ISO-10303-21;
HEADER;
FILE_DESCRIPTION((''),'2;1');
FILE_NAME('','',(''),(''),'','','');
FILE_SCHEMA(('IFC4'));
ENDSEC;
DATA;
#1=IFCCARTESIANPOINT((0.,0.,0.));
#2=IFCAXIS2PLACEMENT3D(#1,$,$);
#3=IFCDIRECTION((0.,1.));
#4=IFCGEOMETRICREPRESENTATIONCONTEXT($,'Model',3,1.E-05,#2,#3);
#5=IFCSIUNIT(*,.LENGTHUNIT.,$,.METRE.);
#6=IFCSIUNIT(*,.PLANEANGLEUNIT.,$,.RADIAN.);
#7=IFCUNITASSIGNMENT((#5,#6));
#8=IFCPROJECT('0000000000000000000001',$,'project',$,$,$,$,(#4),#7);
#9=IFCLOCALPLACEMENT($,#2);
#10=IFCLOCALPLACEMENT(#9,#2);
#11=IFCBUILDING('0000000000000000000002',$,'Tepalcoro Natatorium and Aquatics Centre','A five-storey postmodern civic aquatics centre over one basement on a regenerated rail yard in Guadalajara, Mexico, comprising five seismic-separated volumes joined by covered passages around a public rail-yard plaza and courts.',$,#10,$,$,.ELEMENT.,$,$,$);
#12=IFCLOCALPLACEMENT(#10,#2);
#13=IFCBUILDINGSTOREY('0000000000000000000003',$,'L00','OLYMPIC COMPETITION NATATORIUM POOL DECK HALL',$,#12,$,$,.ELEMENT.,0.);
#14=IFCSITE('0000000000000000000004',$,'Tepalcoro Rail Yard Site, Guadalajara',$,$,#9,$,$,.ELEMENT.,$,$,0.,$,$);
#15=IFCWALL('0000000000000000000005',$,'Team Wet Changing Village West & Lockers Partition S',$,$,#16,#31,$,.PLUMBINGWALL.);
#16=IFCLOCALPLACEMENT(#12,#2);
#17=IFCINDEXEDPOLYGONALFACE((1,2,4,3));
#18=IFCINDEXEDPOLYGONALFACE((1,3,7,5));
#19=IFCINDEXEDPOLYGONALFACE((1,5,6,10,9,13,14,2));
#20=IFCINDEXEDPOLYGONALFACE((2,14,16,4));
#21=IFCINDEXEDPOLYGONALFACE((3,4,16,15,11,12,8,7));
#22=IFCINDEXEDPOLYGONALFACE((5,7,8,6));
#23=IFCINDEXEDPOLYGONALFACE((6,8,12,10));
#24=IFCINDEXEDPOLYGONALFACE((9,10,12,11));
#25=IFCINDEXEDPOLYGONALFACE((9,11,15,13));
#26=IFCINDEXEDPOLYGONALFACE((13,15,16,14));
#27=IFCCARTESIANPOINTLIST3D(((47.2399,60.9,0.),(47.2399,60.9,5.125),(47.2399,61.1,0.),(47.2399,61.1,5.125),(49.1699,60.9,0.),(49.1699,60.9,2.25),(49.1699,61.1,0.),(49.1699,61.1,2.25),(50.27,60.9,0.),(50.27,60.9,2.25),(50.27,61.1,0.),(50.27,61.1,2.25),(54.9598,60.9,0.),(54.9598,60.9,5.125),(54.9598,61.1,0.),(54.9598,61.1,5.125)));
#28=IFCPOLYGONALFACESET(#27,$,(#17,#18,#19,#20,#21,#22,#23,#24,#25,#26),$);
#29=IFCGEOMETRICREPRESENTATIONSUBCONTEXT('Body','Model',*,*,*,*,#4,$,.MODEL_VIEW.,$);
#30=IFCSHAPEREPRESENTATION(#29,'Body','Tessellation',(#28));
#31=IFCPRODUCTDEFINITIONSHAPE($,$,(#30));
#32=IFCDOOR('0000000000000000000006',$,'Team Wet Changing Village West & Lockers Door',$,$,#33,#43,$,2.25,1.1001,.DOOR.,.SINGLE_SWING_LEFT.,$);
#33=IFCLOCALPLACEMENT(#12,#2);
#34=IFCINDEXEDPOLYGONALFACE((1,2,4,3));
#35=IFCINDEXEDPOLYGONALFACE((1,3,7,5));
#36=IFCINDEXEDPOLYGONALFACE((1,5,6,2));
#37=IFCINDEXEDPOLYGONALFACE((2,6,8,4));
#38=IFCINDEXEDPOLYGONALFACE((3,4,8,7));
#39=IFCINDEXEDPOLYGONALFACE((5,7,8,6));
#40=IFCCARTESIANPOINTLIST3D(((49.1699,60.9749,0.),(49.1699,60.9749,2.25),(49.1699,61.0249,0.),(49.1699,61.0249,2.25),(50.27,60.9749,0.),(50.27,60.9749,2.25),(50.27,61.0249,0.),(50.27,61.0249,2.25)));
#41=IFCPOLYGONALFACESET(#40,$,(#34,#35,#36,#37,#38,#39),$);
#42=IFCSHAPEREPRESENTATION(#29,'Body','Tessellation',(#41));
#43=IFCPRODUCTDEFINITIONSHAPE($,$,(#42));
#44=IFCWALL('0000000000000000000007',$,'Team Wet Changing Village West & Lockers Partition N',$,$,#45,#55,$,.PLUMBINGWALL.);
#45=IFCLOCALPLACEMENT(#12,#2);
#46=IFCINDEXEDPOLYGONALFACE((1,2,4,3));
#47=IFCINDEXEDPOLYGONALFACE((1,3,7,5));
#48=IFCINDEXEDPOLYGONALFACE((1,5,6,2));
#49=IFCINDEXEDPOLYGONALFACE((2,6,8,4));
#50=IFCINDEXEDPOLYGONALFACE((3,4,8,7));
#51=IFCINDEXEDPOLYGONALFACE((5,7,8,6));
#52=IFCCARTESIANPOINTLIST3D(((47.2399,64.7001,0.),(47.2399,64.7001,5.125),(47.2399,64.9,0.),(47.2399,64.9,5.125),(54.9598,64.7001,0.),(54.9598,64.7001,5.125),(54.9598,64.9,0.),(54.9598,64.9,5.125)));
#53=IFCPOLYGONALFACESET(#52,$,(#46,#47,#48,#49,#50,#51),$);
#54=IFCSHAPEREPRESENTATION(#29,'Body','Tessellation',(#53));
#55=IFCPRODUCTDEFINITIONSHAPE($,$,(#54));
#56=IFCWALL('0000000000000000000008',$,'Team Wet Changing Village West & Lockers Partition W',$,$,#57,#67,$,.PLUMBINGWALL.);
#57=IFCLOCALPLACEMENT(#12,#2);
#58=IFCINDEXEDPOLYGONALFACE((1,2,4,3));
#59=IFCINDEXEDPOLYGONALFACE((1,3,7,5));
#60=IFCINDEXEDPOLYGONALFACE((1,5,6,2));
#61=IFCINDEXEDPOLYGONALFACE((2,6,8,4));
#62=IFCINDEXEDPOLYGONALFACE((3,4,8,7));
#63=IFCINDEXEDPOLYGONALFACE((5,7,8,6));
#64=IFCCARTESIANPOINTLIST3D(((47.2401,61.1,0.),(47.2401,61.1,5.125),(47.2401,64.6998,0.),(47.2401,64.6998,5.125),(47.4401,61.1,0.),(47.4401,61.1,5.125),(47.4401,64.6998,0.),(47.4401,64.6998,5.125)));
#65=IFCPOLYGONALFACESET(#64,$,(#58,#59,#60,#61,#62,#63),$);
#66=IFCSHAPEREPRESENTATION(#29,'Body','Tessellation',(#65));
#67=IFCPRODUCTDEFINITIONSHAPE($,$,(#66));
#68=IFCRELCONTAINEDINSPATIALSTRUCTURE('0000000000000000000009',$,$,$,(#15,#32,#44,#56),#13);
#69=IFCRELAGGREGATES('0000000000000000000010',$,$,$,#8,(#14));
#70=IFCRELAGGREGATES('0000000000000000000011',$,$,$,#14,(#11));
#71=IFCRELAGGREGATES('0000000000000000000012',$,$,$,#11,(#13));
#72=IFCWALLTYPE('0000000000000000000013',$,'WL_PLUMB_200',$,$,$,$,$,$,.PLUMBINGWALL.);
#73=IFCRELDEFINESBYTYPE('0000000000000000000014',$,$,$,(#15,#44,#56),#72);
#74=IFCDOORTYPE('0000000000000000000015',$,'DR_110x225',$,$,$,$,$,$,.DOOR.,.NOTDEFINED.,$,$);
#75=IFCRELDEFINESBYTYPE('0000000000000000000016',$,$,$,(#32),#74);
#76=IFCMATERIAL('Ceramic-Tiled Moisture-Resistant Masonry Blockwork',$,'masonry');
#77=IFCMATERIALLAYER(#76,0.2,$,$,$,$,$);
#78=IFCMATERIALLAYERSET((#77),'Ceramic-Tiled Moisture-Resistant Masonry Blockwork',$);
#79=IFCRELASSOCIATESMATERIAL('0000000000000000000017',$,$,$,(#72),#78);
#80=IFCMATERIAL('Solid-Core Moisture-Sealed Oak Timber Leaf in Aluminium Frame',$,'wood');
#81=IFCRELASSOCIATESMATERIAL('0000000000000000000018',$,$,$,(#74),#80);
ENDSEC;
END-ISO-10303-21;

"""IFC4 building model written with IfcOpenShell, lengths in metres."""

from ifc_helpers import new_model, si_unit, direction, frame, frame_2d, origin, place, context, subcontext, project, spatial, rectangle, extrude, material, layer, layer_set, type_object, element, fill, save


model = new_model("IFC4")

# Units and contexts
model_context = context("Model", 3, precision=1e-05, world=origin(), true_north=direction((0.0, 1.0)))
body_context = subcontext(model_context, "Body", "Model", "MODEL_VIEW")
ifc_project = project(units=[si_unit("LENGTHUNIT", "METRE"), si_unit("PLANEANGLEUNIT", "RADIAN")], contexts=[model_context])

# Site, building, storey
site_placement = place(None, origin())
site = spatial("IfcSite", under=ifc_project, at=site_placement, Name="Tepalcoro Rail Yard Site, Guadalajara", CompositionType="ELEMENT", RefElevation=0.0)
building_placement = place(site_placement, origin())
building = spatial("IfcBuilding", under=site, at=building_placement, Name="Tepalcoro Natatorium and Aquatics Centre", Description="A five-storey postmodern civic aquatics centre over one basement on a regenerated rail yard in Guadalajara, Mexico, comprising five seismic-separated volumes joined by covered passages around a public rail-yard plaza and courts.", CompositionType="ELEMENT")
storey_placement = place(building_placement, origin())
storey = spatial("IfcBuildingStorey", under=building, at=storey_placement, Name="L00", Description="OLYMPIC COMPETITION NATATORIUM POOL DECK HALL", CompositionType="ELEMENT", Elevation=0.0)

# Wall, opening, door
ifc_material_1 = material(Name="Ceramic-Tiled Moisture-Resistant Masonry Blockwork", Category="masonry")
ifc_layer_1 = layer(ifc_material_1, 0.2)
ifc_layer_set_1 = layer_set([ifc_layer_1], Name="Ceramic-Tiled Moisture-Resistant Masonry Blockwork")
wall_type_1 = type_object("IfcWallType", Name="WL_PLUMB_200", PredefinedType="PLUMBINGWALL", material=ifc_layer_set_1)
wall_1_placement = place(storey_placement, frame((47.24, 61.0, 0.0), z_axis=(0.0, 0.0, 1.0), x_axis=(1.0, 0.0, 0.0)))
wall_1 = element("IfcWall", 1, at=wall_1_placement, inside=storey, type_object=wall_type_1, Name="Team Wet Changing Village West & Lockers Partition S", PredefinedType="PLUMBINGWALL", context=body_context, shape_type="SweptSolid", body=[
    extrude(rectangle(XDim=7.72, YDim=0.2, at=frame_2d((3.8599, 0.0))), origin(), (0.0, 0.0, 1.0), 5.125),
])
opening_1_placement = place(wall_1_placement, frame((1.9299, 0.0, 0.0)))
opening_1 = element("IfcOpeningElement", 2, at=opening_1_placement, cuts=wall_1, PredefinedType="OPENING", context=body_context, shape_type="SweptSolid", body=[
    extrude(rectangle(XDim=1.1001, YDim=2.25, at=frame_2d((0.55, 1.125))), frame((0.0, 0.1118, 0.0), z_axis=(0.0, -1.0, 0.0), x_axis=(1.0, 0.0, 0.0)), (0.0, 0.0, 1.0), 0.2239),
])
ifc_material_2 = material(Name="Solid-Core Moisture-Sealed Oak Timber Leaf in Aluminium Frame", Category="wood")
door_type = type_object("IfcDoorType", Name="DR_110x225", OperationType="NOTDEFINED", PredefinedType="DOOR", material=ifc_material_2)
door_placement = place(opening_1_placement, origin())
door = element("IfcDoor", 3, at=door_placement, inside=storey, type_object=door_type, Name="Team Wet Changing Village West & Lockers Door", OperationType="SINGLE_SWING_LEFT", OverallHeight=2.25, OverallWidth=1.1001, PredefinedType="DOOR", context=body_context, shape_type="SweptSolid", body=[
    extrude(rectangle(XDim=1.1001, YDim=2.25, at=frame_2d((0.55, 1.125))), frame((0.0, 0.0249, 0.0), z_axis=(0.0, -1.0, 0.0), x_axis=(1.0, 0.0, 0.0)), (0.0, 0.0, 1.0), 0.05),
])
fill(opening_1, door)

# Walls
wall_2_placement = place(storey_placement, frame((47.24, 64.8, 0.0), z_axis=(0.0, 0.0, 1.0), x_axis=(1.0, 0.0, 0.0)))
element("IfcWall", 4, at=wall_2_placement, inside=storey, type_object=wall_type_1, Name="Team Wet Changing Village West & Lockers Partition N", PredefinedType="PLUMBINGWALL", context=body_context, shape_type="SweptSolid", body=[
    extrude(rectangle(XDim=7.72, YDim=0.2, at=frame_2d((3.8599, 0.0))), origin(), (0.0, 0.0, 1.0), 5.125),
])
wall_3_placement = place(storey_placement, frame((47.3401, 61.1001, 0.0), z_axis=(0.0, 0.0, 1.0), x_axis=(0.0, 1.0, 0.0)))
element("IfcWall", 5, at=wall_3_placement, inside=storey, type_object=wall_type_1, Name="Team Wet Changing Village West & Lockers Partition W", PredefinedType="PLUMBINGWALL", context=body_context, shape_type="SweptSolid", body=[
    extrude(rectangle(XDim=3.5999, YDim=0.2, at=frame_2d((1.7998, 0.0))), origin(), (0.0, 0.0, 1.0), 5.125),
])

save(model, "model.ifc")
